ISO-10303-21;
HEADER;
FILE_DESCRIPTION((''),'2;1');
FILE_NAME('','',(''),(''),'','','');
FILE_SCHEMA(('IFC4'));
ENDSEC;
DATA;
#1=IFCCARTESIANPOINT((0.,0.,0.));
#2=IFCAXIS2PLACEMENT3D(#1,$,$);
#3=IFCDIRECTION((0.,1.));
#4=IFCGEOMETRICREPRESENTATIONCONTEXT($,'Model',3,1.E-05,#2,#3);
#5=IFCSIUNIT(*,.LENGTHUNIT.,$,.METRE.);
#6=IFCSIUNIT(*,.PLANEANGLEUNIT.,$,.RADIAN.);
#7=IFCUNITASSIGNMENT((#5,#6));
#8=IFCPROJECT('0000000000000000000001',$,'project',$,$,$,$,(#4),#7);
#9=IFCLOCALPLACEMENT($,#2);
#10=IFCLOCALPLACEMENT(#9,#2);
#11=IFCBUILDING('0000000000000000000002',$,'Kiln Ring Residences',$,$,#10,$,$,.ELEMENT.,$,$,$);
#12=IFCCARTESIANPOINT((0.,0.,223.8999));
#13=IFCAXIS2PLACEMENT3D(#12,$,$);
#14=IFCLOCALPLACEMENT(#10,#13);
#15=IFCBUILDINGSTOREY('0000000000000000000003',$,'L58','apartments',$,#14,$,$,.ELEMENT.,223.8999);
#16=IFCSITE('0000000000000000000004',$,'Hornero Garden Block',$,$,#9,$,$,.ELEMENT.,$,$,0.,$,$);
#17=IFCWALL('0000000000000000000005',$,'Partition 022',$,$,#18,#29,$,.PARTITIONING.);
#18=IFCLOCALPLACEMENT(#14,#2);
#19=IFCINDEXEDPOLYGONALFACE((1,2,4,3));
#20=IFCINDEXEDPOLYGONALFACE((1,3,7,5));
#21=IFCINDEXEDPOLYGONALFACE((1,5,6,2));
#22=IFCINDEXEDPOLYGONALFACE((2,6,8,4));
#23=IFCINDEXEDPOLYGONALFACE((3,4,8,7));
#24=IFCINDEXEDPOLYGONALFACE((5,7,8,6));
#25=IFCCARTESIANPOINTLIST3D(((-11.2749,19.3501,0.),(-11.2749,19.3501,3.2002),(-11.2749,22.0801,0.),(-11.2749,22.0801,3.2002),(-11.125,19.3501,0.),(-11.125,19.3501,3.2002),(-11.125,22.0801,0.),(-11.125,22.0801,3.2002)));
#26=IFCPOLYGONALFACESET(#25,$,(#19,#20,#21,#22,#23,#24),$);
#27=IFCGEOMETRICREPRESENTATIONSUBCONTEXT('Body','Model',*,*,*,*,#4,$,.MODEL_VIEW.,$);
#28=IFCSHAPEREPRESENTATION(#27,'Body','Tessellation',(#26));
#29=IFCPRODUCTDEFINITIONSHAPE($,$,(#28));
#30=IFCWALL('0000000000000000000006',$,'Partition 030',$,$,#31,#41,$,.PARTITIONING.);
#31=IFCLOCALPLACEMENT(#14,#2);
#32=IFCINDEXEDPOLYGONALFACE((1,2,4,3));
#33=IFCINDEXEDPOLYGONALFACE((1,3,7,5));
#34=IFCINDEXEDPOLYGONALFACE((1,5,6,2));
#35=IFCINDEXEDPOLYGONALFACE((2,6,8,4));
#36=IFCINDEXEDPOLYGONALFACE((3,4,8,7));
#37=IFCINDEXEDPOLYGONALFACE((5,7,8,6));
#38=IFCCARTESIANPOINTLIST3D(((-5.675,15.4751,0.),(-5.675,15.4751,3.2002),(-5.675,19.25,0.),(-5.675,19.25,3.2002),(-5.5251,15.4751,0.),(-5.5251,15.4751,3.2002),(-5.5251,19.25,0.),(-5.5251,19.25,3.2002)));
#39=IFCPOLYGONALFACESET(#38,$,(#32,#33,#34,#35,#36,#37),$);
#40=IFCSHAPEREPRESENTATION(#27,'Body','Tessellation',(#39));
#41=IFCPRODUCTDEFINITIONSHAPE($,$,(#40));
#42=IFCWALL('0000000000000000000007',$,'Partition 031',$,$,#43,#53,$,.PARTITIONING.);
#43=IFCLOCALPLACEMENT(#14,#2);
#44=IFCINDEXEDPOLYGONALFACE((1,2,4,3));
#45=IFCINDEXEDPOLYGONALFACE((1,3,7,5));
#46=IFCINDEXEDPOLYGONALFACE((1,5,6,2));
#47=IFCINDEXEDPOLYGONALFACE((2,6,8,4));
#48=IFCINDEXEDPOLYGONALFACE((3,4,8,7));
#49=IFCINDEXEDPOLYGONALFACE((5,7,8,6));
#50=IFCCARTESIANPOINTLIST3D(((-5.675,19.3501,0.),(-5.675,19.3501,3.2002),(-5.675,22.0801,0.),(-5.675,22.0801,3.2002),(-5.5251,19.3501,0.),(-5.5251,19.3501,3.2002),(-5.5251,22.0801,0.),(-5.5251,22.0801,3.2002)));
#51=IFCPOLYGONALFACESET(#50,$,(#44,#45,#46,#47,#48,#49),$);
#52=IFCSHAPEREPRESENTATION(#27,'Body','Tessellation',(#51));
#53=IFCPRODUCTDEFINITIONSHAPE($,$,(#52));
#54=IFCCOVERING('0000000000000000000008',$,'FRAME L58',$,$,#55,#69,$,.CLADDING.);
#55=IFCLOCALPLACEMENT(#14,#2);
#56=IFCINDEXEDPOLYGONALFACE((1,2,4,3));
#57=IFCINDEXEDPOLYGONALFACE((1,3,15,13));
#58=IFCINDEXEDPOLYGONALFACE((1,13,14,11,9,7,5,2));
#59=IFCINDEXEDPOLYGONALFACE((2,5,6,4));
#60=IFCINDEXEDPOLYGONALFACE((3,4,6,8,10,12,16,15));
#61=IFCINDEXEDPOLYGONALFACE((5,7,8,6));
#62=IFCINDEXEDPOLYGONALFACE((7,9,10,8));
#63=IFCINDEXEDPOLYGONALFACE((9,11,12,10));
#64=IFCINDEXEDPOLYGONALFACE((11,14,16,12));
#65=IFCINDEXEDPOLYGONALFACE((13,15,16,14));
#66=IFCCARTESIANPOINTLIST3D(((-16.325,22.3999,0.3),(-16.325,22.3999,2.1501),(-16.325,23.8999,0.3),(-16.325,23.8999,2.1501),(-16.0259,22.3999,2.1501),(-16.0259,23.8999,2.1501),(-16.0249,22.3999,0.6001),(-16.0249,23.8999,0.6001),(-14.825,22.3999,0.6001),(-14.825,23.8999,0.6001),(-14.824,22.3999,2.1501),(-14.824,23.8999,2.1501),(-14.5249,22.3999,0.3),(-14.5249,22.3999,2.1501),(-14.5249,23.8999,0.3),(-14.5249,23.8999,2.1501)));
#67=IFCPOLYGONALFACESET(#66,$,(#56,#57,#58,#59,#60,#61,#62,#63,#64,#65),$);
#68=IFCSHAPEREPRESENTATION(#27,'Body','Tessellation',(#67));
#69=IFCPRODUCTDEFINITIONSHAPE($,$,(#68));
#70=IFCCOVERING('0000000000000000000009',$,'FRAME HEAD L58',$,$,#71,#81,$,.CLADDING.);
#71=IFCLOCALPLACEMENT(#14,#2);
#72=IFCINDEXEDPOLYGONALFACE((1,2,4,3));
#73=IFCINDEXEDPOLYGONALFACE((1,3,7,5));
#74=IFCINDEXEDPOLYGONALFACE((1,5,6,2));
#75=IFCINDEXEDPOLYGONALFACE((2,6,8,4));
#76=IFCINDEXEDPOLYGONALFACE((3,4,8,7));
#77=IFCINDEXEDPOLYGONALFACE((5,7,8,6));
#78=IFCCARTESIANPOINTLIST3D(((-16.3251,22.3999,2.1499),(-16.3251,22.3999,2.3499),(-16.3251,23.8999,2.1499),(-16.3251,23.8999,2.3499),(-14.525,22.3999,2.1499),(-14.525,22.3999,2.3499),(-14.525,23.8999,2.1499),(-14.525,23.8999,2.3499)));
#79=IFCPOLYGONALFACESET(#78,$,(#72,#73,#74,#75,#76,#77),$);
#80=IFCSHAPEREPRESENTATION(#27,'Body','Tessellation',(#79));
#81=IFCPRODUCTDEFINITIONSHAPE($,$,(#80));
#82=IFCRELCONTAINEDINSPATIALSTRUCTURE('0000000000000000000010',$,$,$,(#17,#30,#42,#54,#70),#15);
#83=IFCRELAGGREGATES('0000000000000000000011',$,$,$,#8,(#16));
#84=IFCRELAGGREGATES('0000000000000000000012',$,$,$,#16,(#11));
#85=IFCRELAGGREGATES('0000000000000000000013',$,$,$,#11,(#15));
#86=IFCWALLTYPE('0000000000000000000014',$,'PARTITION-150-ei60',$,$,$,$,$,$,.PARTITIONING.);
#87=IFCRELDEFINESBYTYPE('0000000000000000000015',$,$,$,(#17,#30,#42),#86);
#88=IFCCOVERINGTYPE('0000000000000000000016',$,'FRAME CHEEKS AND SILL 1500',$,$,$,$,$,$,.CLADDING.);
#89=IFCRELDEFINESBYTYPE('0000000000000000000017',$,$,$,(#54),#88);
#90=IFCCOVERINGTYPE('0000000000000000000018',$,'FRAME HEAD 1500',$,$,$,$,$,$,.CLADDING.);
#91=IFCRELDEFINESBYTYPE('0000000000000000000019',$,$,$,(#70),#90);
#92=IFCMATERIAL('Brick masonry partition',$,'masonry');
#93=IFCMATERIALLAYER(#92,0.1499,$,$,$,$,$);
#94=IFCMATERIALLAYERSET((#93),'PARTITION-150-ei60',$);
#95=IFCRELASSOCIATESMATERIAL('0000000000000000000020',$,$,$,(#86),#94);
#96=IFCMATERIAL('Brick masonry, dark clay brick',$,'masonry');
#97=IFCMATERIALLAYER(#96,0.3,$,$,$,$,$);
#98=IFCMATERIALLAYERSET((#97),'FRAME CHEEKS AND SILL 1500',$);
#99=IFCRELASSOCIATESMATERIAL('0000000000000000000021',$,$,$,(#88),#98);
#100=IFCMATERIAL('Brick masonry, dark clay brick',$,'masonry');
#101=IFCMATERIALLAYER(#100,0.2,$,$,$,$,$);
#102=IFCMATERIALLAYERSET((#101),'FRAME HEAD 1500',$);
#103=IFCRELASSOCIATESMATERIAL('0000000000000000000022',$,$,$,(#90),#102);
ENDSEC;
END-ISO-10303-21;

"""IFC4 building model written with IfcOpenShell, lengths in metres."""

from ifc_helpers import new_model, si_unit, direction, frame, frame_2d, origin, origin_2d, place, context, subcontext, project, spatial, polyline, rectangle, outline, extrude, material, layer, layer_set, type_object, element, save


model = new_model("IFC4")

# Units and contexts
model_context = context("Model", 3, precision=1e-05, world=origin(), true_north=direction((0.0, 1.0)))
body_context = subcontext(model_context, "Body", "Model", "MODEL_VIEW")
ifc_project = project(units=[si_unit("LENGTHUNIT", "METRE"), si_unit("PLANEANGLEUNIT", "RADIAN")], contexts=[model_context])

# Site, building, storey
site_placement = place(None, origin())
site = spatial("IfcSite", under=ifc_project, at=site_placement, Name="Hornero Garden Block", CompositionType="ELEMENT", RefElevation=0.0)
building_placement = place(site_placement, origin())
building = spatial("IfcBuilding", under=site, at=building_placement, Name="Kiln Ring Residences", CompositionType="ELEMENT")
storey_placement = place(building_placement, frame((0.0, 0.0, 223.8999)))
storey = spatial("IfcBuildingStorey", under=building, at=storey_placement, Name="L58", Description="apartments", CompositionType="ELEMENT", Elevation=223.8999)

# Walls
ifc_material_1 = material(Name="Brick masonry partition", Category="masonry")
ifc_layer_1 = layer(ifc_material_1, 0.1499)
ifc_layer_set_1 = layer_set([ifc_layer_1], Name="PARTITION-150-ei60")
wall_type_1 = type_object("IfcWallType", Name="PARTITION-150-ei60", PredefinedType="PARTITIONING", material=ifc_layer_set_1)
wall_1_placement = place(storey_placement, frame((-11.2, 19.3501, 0.0), z_axis=(0.0, 0.0, 1.0), x_axis=(0.0, 1.0, 0.0)))
element("IfcWall", 1, at=wall_1_placement, inside=storey, type_object=wall_type_1, Name="Partition 022", PredefinedType="PARTITIONING", context=body_context, shape_type="SweptSolid", body=[
    extrude(rectangle(XDim=2.73, YDim=0.1499, at=frame_2d((1.365, 0.0))), origin(), (0.0, 0.0, 1.0), 3.2002),
])
wall_2_placement = place(storey_placement, frame((-5.6001, 15.4751, 0.0), z_axis=(0.0, 0.0, 1.0), x_axis=(0.0, 1.0, 0.0)))
element("IfcWall", 2, at=wall_2_placement, inside=storey, type_object=wall_type_1, Name="Partition 030", PredefinedType="PARTITIONING", context=body_context, shape_type="SweptSolid", body=[
    extrude(rectangle(XDim=3.7749, YDim=0.1499, at=frame_2d((1.8875, 0.0))), origin(), (0.0, 0.0, 1.0), 3.2002),
])
wall_3_placement = place(storey_placement, frame((-5.6001, 19.3501, 0.0), z_axis=(0.0, 0.0, 1.0), x_axis=(0.0, 1.0, 0.0)))
element("IfcWall", 3, at=wall_3_placement, inside=storey, type_object=wall_type_1, Name="Partition 031", PredefinedType="PARTITIONING", context=body_context, shape_type="SweptSolid", body=[
    extrude(rectangle(XDim=2.73, YDim=0.1499, at=frame_2d((1.365, 0.0))), origin(), (0.0, 0.0, 1.0), 3.2002),
])

# Coverings
ifc_material_2 = material(Name="Brick masonry, dark clay brick", Category="masonry")
ifc_layer_2 = layer(ifc_material_2, 0.3)
ifc_layer_set_2 = layer_set([ifc_layer_2], Name="FRAME CHEEKS AND SILL 1500")
covering_type_1 = type_object("IfcCoveringType", Name="FRAME CHEEKS AND SILL 1500", PredefinedType="CLADDING", material=ifc_layer_set_2)
covering_1_placement = place(storey_placement, frame((-14.5249, 23.1499, 0.3), z_axis=(0.0, 0.0, 1.0), x_axis=(-1.0, 0.0, 0.0)))
element("IfcCovering", 4, at=covering_1_placement, inside=storey, type_object=covering_type_1, Name="FRAME L58", PredefinedType="CLADDING", context=body_context, shape_type="SweptSolid", body=[
    extrude(outline(polyline([(0.0, 0.0), (1.8, 0.0), (1.8, 1.8501), (1.501, 1.8501), (1.5, 0.3), (0.3, 0.3), (0.2991, 1.8501), (0.0, 1.8501), (0.0, 0.0)])), frame((0.0, 0.75, 0.0), z_axis=(0.0, -1.0, 0.0), x_axis=(1.0, 0.0, 0.0)), (0.0, 0.0, 1.0), 1.5),
])
ifc_material_3 = material(Name="Brick masonry, dark clay brick", Category="masonry")
ifc_layer_3 = layer(ifc_material_3, 0.2)
ifc_layer_set_3 = layer_set([ifc_layer_3], Name="FRAME HEAD 1500")
covering_type_2 = type_object("IfcCoveringType", Name="FRAME HEAD 1500", PredefinedType="CLADDING", material=ifc_layer_set_3)
covering_2_placement = place(storey_placement, frame((-15.425, 23.1499, 2.1499), z_axis=(0.0, 0.0, 1.0), x_axis=(-1.0, 0.0, 0.0)))
element("IfcCovering", 5, at=covering_2_placement, inside=storey, type_object=covering_type_2, Name="FRAME HEAD L58", PredefinedType="CLADDING", context=body_context, shape_type="SweptSolid", body=[
    extrude(rectangle(XDim=1.8, YDim=1.5, at=origin_2d()), origin(), (0.0, 0.0, 1.0), 0.2),
])

save(model, "model.ifc")
